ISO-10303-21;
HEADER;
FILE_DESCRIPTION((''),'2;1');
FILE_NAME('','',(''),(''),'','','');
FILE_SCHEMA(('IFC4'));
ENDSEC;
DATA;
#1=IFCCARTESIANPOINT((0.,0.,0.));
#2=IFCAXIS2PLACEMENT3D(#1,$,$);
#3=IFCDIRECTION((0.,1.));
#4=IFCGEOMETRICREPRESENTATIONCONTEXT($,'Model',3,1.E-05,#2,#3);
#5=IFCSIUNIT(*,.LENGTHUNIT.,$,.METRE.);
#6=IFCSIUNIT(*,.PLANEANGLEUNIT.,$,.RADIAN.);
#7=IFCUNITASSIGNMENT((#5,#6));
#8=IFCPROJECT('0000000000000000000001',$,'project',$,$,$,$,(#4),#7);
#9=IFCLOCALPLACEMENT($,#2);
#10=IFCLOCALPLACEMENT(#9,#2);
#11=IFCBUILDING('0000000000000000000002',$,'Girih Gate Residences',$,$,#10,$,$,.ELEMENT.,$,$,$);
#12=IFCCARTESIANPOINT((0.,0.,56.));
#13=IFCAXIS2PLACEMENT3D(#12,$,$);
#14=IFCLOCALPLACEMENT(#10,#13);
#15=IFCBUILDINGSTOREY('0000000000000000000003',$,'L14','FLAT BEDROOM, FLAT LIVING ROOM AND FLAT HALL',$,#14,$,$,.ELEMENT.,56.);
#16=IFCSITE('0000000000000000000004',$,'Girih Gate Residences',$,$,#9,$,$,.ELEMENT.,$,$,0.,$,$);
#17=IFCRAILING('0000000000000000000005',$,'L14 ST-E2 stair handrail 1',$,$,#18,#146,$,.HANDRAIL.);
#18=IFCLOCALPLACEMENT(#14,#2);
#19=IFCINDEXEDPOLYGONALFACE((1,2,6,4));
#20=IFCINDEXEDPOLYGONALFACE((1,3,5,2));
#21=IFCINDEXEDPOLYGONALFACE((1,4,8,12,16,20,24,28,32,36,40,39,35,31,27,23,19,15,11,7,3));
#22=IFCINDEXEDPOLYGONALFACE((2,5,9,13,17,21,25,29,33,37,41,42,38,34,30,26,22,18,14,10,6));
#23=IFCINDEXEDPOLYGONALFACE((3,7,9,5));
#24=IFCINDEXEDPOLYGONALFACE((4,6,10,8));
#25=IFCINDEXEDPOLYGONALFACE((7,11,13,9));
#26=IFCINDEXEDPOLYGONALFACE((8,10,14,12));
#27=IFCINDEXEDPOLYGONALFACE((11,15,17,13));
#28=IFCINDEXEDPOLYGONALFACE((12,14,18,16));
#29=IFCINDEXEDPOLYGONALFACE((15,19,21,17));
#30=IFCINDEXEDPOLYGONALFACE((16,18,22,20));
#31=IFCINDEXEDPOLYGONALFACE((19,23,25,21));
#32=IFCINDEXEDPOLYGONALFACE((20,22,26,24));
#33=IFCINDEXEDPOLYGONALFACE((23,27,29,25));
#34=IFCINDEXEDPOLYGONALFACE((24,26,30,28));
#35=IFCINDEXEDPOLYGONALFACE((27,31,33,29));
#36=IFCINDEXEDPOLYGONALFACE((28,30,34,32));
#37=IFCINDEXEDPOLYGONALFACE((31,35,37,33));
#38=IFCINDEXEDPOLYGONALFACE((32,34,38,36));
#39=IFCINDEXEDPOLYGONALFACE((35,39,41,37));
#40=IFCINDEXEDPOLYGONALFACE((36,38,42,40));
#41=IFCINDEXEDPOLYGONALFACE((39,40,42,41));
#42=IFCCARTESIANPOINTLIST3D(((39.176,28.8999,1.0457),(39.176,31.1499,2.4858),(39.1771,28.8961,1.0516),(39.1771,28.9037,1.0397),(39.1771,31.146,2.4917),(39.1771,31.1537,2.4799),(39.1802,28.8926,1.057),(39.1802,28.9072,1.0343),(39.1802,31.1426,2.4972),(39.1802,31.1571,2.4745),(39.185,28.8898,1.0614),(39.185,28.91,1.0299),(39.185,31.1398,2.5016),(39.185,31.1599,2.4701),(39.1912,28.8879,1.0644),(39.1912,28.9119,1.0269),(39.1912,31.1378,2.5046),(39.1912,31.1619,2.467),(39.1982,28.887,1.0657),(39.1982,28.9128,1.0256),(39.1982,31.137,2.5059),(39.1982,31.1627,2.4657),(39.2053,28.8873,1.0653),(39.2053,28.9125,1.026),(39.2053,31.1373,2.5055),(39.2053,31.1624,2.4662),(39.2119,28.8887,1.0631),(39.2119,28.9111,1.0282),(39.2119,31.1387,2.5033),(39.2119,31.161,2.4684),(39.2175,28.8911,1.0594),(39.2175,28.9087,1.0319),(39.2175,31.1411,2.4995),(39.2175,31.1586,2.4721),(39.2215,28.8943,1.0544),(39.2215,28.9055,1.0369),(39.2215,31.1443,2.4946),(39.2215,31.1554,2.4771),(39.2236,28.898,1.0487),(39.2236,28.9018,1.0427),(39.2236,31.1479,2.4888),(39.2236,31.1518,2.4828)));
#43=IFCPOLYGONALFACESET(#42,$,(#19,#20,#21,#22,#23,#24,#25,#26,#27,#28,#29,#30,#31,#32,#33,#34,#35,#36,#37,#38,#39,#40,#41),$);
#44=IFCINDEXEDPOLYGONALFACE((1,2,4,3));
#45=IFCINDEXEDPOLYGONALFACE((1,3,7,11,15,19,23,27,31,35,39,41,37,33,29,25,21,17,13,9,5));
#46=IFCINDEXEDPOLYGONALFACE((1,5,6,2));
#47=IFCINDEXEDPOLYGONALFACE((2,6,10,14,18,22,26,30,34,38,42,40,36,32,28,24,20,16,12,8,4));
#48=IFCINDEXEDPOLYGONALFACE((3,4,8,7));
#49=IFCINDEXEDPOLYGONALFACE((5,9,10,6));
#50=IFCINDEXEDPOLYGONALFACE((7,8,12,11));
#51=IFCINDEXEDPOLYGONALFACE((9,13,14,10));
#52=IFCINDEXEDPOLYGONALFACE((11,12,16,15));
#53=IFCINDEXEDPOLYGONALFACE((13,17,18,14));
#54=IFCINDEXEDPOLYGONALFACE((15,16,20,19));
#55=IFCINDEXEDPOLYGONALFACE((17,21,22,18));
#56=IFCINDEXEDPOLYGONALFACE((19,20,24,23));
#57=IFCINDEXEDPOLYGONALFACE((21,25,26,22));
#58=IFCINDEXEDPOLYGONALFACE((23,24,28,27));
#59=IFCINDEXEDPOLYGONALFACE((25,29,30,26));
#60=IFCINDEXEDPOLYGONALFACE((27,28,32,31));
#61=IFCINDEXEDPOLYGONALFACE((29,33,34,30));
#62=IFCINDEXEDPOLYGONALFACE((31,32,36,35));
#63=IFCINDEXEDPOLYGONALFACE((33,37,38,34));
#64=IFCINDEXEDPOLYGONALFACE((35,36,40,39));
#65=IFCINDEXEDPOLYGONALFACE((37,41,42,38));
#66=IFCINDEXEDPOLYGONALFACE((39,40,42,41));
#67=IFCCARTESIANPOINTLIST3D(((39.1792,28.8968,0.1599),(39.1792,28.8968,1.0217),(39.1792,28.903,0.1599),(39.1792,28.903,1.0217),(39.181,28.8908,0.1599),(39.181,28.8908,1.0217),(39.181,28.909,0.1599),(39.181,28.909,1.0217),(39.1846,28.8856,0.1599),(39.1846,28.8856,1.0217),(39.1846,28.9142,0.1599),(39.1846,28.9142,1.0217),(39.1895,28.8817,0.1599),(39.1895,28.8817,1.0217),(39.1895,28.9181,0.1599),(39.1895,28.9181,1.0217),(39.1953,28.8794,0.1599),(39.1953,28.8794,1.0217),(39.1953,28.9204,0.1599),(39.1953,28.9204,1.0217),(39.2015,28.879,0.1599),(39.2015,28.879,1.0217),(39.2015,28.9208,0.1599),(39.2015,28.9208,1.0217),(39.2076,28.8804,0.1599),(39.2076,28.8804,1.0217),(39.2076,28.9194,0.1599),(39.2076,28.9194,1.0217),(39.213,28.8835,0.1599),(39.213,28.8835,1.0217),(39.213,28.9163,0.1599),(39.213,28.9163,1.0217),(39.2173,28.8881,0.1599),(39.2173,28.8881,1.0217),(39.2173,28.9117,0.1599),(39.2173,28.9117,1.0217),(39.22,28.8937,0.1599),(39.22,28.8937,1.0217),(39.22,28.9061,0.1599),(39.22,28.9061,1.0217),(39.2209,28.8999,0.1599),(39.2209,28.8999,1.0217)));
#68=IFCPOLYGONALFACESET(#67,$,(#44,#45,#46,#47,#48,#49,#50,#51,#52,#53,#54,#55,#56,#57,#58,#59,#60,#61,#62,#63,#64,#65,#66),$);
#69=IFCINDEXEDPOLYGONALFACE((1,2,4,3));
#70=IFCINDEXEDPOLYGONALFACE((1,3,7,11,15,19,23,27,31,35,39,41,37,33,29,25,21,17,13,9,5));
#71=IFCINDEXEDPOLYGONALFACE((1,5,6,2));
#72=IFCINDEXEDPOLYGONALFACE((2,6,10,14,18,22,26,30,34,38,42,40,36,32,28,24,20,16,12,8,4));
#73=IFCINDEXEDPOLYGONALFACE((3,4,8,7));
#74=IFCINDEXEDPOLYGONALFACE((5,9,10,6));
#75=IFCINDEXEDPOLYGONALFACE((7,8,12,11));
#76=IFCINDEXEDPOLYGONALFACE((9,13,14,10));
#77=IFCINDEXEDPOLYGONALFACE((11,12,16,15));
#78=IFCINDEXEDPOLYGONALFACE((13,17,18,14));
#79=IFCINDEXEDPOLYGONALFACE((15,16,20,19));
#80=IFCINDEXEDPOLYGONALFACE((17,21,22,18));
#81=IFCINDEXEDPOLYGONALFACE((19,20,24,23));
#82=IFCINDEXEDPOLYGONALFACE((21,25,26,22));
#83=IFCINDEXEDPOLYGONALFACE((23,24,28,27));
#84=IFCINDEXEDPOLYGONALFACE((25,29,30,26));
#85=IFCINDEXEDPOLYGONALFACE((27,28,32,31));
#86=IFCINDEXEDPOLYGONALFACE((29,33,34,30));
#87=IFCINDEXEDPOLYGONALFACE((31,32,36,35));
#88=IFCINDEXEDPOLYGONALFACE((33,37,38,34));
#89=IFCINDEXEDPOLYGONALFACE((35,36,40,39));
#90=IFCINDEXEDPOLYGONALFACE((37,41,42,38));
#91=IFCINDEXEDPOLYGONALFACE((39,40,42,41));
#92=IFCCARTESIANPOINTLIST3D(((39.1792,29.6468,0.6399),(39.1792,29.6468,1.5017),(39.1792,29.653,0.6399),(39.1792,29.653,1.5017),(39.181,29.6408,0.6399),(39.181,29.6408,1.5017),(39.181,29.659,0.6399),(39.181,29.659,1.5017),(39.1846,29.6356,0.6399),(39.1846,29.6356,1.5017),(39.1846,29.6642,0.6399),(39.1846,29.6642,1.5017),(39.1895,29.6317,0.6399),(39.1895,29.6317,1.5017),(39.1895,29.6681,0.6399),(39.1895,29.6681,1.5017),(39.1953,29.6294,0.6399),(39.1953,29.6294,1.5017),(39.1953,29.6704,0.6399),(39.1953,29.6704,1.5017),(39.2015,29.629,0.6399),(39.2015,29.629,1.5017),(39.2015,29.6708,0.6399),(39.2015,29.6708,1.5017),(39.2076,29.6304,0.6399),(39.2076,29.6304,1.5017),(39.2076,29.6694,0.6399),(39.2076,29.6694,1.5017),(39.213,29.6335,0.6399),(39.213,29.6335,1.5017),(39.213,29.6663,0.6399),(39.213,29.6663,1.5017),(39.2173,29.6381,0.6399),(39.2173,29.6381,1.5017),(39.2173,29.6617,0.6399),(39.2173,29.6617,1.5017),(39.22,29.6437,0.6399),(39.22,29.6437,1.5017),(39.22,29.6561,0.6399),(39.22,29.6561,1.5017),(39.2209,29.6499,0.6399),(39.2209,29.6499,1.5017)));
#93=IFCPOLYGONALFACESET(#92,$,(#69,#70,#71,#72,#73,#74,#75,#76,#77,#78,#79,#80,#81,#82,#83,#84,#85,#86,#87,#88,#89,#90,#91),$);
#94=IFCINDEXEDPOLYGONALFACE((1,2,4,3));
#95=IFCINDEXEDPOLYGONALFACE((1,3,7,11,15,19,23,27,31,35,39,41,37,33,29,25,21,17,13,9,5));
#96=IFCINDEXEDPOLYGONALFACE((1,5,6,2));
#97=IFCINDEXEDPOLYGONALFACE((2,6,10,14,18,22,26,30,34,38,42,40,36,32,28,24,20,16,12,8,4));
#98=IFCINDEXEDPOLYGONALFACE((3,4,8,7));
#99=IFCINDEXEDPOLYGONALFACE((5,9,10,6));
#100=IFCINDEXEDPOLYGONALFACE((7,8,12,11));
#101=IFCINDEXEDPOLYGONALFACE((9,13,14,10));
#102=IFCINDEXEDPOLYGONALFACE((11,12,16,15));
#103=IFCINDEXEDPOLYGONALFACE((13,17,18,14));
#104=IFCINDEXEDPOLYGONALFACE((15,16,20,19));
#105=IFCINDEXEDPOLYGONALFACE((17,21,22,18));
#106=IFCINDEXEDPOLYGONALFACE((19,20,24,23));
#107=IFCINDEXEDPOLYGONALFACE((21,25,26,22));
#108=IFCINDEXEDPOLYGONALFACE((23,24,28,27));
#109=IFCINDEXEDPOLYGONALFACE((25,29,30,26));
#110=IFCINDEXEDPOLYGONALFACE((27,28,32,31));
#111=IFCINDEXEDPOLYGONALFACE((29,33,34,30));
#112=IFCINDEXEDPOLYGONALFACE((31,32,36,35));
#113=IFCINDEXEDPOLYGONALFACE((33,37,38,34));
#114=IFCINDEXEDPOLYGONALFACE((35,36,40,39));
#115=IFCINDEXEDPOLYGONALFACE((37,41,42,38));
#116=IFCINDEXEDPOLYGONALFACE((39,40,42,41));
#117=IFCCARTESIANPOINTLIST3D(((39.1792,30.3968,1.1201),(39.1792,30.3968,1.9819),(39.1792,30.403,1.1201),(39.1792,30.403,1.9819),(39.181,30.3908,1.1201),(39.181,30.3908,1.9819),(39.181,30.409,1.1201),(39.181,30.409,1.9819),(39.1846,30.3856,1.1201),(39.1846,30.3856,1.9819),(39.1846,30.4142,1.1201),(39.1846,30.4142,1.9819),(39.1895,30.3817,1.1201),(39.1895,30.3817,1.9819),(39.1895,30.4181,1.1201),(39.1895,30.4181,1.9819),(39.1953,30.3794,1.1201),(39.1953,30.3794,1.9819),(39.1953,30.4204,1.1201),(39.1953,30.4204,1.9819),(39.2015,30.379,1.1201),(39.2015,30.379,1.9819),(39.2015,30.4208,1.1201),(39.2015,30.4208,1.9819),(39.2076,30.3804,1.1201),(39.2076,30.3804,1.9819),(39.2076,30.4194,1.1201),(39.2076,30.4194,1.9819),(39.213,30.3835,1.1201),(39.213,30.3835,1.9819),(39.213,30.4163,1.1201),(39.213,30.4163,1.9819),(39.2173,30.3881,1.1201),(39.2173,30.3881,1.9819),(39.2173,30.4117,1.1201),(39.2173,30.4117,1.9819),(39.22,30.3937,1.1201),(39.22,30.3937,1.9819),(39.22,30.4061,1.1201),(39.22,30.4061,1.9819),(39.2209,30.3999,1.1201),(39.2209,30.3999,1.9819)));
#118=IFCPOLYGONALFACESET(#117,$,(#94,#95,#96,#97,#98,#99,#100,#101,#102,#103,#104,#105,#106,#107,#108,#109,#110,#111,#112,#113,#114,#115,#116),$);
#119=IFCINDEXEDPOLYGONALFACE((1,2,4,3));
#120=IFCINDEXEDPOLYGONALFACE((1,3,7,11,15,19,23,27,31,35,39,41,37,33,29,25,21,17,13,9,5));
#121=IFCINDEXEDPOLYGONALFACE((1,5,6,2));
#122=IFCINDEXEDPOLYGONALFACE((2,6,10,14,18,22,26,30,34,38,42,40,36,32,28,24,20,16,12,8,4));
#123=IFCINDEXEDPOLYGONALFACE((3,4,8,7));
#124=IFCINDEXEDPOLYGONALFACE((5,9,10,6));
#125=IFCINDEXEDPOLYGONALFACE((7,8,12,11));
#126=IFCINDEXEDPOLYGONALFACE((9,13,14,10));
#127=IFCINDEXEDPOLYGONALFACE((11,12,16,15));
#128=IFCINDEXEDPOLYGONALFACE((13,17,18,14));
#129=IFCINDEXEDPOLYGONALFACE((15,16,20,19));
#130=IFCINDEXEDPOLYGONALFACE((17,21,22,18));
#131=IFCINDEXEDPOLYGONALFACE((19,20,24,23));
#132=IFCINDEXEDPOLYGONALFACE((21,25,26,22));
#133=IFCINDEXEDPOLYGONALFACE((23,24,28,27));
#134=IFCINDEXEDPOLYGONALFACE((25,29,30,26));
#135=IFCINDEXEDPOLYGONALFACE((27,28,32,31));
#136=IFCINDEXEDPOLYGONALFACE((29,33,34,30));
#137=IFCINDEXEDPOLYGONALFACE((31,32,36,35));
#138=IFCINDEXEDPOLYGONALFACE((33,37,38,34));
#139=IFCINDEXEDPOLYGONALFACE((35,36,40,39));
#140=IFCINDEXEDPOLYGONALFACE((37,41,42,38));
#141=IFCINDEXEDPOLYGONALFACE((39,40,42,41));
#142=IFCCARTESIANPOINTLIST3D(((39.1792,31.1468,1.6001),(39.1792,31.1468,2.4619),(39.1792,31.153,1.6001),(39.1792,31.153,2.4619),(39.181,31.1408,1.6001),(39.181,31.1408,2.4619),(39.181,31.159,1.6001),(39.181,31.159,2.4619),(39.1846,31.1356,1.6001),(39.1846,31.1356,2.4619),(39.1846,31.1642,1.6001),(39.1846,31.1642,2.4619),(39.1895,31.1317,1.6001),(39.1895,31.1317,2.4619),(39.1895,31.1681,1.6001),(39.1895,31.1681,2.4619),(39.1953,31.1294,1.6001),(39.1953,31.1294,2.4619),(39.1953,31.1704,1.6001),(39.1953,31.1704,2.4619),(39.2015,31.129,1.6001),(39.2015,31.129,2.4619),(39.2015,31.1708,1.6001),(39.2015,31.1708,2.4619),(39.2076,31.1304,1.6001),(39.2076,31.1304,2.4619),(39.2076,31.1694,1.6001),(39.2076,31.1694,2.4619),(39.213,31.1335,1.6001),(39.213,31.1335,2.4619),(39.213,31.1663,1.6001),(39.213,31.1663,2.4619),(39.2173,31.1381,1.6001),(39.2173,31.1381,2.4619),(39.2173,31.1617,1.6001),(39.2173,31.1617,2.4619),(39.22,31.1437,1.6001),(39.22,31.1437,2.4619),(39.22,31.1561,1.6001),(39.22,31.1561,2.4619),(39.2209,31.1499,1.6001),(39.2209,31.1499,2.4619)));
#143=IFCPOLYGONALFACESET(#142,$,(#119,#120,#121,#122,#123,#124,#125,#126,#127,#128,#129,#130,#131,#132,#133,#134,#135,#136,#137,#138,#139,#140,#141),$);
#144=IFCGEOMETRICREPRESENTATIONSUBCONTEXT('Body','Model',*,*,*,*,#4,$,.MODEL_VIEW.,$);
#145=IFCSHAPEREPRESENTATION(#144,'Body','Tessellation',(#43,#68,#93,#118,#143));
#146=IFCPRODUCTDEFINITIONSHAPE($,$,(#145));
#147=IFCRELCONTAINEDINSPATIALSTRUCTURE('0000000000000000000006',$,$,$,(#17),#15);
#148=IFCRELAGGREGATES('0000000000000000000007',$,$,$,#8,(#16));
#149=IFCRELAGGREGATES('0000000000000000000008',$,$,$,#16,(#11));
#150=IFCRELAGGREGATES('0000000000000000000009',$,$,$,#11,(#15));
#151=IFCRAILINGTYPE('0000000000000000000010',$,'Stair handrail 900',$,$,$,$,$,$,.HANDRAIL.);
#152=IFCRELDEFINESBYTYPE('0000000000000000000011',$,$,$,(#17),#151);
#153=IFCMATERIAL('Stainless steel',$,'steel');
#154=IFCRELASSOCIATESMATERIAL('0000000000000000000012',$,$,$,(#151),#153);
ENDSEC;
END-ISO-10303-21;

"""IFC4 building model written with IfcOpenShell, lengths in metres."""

from ifc_helpers import new_model, si_unit, direction, frame, origin, origin_2d, place, context, subcontext, project, spatial, circle, extrude, material, type_object, element, save


model = new_model("IFC4")

# Units and contexts
model_context = context("Model", 3, precision=1e-05, world=origin(), true_north=direction((0.0, 1.0)))
body_context = subcontext(model_context, "Body", "Model", "MODEL_VIEW")
ifc_project = project(units=[si_unit("LENGTHUNIT", "METRE"), si_unit("PLANEANGLEUNIT", "RADIAN")], contexts=[model_context])

# Site, building, storey
site_placement = place(None, origin())
site = spatial("IfcSite", under=ifc_project, at=site_placement, Name="Girih Gate Residences", CompositionType="ELEMENT", RefElevation=0.0)
building_placement = place(site_placement, origin())
building = spatial("IfcBuilding", under=site, at=building_placement, Name="Girih Gate Residences", CompositionType="ELEMENT")
storey_placement = place(building_placement, frame((0.0, 0.0, 56.0)))
storey = spatial("IfcBuildingStorey", under=building, at=storey_placement, Name="L14", Description="FLAT BEDROOM, FLAT LIVING ROOM AND FLAT HALL", CompositionType="ELEMENT", Elevation=56.0)

# Railing
ifc_material_1 = material(Name="Stainless steel", Category="steel")
railing_type_1 = type_object("IfcRailingType", Name="Stair handrail 900", PredefinedType="HANDRAIL", material=ifc_material_1)
railing_1_placement = place(storey_placement, frame((39.2, 28.8999, 0.1599)))
element("IfcRailing", 1, at=railing_1_placement, inside=storey, type_object=railing_type_1, Name="L14 ST-E2 stair handrail 1", PredefinedType="HANDRAIL", context=body_context, shape_type="SweptSolid", body=[
    extrude(circle(Radius=0.0239, at=origin_2d()), frame((0.0, 0.0, 0.8857), z_axis=(0.0, 0.84224, 0.539103), x_axis=(-1.0, 0.0, 0.0)), (0.0, 0.0, 1.0), 2.6714),
    extrude(circle(Radius=0.021, at=origin_2d()), origin(), (0.0, 0.0, 1.0), 0.8618),
    extrude(circle(Radius=0.021, at=origin_2d()), frame((0.0, 0.75, 0.48)), (0.0, 0.0, 1.0), 0.8618),
    extrude(circle(Radius=0.021, at=origin_2d()), frame((0.0, 1.5, 0.9602)), (0.0, 0.0, 1.0), 0.8618),
    extrude(circle(Radius=0.021, at=origin_2d()), frame((0.0, 2.25, 1.4402)), (0.0, 0.0, 1.0), 0.8618),
])

save(model, "model.ifc")
